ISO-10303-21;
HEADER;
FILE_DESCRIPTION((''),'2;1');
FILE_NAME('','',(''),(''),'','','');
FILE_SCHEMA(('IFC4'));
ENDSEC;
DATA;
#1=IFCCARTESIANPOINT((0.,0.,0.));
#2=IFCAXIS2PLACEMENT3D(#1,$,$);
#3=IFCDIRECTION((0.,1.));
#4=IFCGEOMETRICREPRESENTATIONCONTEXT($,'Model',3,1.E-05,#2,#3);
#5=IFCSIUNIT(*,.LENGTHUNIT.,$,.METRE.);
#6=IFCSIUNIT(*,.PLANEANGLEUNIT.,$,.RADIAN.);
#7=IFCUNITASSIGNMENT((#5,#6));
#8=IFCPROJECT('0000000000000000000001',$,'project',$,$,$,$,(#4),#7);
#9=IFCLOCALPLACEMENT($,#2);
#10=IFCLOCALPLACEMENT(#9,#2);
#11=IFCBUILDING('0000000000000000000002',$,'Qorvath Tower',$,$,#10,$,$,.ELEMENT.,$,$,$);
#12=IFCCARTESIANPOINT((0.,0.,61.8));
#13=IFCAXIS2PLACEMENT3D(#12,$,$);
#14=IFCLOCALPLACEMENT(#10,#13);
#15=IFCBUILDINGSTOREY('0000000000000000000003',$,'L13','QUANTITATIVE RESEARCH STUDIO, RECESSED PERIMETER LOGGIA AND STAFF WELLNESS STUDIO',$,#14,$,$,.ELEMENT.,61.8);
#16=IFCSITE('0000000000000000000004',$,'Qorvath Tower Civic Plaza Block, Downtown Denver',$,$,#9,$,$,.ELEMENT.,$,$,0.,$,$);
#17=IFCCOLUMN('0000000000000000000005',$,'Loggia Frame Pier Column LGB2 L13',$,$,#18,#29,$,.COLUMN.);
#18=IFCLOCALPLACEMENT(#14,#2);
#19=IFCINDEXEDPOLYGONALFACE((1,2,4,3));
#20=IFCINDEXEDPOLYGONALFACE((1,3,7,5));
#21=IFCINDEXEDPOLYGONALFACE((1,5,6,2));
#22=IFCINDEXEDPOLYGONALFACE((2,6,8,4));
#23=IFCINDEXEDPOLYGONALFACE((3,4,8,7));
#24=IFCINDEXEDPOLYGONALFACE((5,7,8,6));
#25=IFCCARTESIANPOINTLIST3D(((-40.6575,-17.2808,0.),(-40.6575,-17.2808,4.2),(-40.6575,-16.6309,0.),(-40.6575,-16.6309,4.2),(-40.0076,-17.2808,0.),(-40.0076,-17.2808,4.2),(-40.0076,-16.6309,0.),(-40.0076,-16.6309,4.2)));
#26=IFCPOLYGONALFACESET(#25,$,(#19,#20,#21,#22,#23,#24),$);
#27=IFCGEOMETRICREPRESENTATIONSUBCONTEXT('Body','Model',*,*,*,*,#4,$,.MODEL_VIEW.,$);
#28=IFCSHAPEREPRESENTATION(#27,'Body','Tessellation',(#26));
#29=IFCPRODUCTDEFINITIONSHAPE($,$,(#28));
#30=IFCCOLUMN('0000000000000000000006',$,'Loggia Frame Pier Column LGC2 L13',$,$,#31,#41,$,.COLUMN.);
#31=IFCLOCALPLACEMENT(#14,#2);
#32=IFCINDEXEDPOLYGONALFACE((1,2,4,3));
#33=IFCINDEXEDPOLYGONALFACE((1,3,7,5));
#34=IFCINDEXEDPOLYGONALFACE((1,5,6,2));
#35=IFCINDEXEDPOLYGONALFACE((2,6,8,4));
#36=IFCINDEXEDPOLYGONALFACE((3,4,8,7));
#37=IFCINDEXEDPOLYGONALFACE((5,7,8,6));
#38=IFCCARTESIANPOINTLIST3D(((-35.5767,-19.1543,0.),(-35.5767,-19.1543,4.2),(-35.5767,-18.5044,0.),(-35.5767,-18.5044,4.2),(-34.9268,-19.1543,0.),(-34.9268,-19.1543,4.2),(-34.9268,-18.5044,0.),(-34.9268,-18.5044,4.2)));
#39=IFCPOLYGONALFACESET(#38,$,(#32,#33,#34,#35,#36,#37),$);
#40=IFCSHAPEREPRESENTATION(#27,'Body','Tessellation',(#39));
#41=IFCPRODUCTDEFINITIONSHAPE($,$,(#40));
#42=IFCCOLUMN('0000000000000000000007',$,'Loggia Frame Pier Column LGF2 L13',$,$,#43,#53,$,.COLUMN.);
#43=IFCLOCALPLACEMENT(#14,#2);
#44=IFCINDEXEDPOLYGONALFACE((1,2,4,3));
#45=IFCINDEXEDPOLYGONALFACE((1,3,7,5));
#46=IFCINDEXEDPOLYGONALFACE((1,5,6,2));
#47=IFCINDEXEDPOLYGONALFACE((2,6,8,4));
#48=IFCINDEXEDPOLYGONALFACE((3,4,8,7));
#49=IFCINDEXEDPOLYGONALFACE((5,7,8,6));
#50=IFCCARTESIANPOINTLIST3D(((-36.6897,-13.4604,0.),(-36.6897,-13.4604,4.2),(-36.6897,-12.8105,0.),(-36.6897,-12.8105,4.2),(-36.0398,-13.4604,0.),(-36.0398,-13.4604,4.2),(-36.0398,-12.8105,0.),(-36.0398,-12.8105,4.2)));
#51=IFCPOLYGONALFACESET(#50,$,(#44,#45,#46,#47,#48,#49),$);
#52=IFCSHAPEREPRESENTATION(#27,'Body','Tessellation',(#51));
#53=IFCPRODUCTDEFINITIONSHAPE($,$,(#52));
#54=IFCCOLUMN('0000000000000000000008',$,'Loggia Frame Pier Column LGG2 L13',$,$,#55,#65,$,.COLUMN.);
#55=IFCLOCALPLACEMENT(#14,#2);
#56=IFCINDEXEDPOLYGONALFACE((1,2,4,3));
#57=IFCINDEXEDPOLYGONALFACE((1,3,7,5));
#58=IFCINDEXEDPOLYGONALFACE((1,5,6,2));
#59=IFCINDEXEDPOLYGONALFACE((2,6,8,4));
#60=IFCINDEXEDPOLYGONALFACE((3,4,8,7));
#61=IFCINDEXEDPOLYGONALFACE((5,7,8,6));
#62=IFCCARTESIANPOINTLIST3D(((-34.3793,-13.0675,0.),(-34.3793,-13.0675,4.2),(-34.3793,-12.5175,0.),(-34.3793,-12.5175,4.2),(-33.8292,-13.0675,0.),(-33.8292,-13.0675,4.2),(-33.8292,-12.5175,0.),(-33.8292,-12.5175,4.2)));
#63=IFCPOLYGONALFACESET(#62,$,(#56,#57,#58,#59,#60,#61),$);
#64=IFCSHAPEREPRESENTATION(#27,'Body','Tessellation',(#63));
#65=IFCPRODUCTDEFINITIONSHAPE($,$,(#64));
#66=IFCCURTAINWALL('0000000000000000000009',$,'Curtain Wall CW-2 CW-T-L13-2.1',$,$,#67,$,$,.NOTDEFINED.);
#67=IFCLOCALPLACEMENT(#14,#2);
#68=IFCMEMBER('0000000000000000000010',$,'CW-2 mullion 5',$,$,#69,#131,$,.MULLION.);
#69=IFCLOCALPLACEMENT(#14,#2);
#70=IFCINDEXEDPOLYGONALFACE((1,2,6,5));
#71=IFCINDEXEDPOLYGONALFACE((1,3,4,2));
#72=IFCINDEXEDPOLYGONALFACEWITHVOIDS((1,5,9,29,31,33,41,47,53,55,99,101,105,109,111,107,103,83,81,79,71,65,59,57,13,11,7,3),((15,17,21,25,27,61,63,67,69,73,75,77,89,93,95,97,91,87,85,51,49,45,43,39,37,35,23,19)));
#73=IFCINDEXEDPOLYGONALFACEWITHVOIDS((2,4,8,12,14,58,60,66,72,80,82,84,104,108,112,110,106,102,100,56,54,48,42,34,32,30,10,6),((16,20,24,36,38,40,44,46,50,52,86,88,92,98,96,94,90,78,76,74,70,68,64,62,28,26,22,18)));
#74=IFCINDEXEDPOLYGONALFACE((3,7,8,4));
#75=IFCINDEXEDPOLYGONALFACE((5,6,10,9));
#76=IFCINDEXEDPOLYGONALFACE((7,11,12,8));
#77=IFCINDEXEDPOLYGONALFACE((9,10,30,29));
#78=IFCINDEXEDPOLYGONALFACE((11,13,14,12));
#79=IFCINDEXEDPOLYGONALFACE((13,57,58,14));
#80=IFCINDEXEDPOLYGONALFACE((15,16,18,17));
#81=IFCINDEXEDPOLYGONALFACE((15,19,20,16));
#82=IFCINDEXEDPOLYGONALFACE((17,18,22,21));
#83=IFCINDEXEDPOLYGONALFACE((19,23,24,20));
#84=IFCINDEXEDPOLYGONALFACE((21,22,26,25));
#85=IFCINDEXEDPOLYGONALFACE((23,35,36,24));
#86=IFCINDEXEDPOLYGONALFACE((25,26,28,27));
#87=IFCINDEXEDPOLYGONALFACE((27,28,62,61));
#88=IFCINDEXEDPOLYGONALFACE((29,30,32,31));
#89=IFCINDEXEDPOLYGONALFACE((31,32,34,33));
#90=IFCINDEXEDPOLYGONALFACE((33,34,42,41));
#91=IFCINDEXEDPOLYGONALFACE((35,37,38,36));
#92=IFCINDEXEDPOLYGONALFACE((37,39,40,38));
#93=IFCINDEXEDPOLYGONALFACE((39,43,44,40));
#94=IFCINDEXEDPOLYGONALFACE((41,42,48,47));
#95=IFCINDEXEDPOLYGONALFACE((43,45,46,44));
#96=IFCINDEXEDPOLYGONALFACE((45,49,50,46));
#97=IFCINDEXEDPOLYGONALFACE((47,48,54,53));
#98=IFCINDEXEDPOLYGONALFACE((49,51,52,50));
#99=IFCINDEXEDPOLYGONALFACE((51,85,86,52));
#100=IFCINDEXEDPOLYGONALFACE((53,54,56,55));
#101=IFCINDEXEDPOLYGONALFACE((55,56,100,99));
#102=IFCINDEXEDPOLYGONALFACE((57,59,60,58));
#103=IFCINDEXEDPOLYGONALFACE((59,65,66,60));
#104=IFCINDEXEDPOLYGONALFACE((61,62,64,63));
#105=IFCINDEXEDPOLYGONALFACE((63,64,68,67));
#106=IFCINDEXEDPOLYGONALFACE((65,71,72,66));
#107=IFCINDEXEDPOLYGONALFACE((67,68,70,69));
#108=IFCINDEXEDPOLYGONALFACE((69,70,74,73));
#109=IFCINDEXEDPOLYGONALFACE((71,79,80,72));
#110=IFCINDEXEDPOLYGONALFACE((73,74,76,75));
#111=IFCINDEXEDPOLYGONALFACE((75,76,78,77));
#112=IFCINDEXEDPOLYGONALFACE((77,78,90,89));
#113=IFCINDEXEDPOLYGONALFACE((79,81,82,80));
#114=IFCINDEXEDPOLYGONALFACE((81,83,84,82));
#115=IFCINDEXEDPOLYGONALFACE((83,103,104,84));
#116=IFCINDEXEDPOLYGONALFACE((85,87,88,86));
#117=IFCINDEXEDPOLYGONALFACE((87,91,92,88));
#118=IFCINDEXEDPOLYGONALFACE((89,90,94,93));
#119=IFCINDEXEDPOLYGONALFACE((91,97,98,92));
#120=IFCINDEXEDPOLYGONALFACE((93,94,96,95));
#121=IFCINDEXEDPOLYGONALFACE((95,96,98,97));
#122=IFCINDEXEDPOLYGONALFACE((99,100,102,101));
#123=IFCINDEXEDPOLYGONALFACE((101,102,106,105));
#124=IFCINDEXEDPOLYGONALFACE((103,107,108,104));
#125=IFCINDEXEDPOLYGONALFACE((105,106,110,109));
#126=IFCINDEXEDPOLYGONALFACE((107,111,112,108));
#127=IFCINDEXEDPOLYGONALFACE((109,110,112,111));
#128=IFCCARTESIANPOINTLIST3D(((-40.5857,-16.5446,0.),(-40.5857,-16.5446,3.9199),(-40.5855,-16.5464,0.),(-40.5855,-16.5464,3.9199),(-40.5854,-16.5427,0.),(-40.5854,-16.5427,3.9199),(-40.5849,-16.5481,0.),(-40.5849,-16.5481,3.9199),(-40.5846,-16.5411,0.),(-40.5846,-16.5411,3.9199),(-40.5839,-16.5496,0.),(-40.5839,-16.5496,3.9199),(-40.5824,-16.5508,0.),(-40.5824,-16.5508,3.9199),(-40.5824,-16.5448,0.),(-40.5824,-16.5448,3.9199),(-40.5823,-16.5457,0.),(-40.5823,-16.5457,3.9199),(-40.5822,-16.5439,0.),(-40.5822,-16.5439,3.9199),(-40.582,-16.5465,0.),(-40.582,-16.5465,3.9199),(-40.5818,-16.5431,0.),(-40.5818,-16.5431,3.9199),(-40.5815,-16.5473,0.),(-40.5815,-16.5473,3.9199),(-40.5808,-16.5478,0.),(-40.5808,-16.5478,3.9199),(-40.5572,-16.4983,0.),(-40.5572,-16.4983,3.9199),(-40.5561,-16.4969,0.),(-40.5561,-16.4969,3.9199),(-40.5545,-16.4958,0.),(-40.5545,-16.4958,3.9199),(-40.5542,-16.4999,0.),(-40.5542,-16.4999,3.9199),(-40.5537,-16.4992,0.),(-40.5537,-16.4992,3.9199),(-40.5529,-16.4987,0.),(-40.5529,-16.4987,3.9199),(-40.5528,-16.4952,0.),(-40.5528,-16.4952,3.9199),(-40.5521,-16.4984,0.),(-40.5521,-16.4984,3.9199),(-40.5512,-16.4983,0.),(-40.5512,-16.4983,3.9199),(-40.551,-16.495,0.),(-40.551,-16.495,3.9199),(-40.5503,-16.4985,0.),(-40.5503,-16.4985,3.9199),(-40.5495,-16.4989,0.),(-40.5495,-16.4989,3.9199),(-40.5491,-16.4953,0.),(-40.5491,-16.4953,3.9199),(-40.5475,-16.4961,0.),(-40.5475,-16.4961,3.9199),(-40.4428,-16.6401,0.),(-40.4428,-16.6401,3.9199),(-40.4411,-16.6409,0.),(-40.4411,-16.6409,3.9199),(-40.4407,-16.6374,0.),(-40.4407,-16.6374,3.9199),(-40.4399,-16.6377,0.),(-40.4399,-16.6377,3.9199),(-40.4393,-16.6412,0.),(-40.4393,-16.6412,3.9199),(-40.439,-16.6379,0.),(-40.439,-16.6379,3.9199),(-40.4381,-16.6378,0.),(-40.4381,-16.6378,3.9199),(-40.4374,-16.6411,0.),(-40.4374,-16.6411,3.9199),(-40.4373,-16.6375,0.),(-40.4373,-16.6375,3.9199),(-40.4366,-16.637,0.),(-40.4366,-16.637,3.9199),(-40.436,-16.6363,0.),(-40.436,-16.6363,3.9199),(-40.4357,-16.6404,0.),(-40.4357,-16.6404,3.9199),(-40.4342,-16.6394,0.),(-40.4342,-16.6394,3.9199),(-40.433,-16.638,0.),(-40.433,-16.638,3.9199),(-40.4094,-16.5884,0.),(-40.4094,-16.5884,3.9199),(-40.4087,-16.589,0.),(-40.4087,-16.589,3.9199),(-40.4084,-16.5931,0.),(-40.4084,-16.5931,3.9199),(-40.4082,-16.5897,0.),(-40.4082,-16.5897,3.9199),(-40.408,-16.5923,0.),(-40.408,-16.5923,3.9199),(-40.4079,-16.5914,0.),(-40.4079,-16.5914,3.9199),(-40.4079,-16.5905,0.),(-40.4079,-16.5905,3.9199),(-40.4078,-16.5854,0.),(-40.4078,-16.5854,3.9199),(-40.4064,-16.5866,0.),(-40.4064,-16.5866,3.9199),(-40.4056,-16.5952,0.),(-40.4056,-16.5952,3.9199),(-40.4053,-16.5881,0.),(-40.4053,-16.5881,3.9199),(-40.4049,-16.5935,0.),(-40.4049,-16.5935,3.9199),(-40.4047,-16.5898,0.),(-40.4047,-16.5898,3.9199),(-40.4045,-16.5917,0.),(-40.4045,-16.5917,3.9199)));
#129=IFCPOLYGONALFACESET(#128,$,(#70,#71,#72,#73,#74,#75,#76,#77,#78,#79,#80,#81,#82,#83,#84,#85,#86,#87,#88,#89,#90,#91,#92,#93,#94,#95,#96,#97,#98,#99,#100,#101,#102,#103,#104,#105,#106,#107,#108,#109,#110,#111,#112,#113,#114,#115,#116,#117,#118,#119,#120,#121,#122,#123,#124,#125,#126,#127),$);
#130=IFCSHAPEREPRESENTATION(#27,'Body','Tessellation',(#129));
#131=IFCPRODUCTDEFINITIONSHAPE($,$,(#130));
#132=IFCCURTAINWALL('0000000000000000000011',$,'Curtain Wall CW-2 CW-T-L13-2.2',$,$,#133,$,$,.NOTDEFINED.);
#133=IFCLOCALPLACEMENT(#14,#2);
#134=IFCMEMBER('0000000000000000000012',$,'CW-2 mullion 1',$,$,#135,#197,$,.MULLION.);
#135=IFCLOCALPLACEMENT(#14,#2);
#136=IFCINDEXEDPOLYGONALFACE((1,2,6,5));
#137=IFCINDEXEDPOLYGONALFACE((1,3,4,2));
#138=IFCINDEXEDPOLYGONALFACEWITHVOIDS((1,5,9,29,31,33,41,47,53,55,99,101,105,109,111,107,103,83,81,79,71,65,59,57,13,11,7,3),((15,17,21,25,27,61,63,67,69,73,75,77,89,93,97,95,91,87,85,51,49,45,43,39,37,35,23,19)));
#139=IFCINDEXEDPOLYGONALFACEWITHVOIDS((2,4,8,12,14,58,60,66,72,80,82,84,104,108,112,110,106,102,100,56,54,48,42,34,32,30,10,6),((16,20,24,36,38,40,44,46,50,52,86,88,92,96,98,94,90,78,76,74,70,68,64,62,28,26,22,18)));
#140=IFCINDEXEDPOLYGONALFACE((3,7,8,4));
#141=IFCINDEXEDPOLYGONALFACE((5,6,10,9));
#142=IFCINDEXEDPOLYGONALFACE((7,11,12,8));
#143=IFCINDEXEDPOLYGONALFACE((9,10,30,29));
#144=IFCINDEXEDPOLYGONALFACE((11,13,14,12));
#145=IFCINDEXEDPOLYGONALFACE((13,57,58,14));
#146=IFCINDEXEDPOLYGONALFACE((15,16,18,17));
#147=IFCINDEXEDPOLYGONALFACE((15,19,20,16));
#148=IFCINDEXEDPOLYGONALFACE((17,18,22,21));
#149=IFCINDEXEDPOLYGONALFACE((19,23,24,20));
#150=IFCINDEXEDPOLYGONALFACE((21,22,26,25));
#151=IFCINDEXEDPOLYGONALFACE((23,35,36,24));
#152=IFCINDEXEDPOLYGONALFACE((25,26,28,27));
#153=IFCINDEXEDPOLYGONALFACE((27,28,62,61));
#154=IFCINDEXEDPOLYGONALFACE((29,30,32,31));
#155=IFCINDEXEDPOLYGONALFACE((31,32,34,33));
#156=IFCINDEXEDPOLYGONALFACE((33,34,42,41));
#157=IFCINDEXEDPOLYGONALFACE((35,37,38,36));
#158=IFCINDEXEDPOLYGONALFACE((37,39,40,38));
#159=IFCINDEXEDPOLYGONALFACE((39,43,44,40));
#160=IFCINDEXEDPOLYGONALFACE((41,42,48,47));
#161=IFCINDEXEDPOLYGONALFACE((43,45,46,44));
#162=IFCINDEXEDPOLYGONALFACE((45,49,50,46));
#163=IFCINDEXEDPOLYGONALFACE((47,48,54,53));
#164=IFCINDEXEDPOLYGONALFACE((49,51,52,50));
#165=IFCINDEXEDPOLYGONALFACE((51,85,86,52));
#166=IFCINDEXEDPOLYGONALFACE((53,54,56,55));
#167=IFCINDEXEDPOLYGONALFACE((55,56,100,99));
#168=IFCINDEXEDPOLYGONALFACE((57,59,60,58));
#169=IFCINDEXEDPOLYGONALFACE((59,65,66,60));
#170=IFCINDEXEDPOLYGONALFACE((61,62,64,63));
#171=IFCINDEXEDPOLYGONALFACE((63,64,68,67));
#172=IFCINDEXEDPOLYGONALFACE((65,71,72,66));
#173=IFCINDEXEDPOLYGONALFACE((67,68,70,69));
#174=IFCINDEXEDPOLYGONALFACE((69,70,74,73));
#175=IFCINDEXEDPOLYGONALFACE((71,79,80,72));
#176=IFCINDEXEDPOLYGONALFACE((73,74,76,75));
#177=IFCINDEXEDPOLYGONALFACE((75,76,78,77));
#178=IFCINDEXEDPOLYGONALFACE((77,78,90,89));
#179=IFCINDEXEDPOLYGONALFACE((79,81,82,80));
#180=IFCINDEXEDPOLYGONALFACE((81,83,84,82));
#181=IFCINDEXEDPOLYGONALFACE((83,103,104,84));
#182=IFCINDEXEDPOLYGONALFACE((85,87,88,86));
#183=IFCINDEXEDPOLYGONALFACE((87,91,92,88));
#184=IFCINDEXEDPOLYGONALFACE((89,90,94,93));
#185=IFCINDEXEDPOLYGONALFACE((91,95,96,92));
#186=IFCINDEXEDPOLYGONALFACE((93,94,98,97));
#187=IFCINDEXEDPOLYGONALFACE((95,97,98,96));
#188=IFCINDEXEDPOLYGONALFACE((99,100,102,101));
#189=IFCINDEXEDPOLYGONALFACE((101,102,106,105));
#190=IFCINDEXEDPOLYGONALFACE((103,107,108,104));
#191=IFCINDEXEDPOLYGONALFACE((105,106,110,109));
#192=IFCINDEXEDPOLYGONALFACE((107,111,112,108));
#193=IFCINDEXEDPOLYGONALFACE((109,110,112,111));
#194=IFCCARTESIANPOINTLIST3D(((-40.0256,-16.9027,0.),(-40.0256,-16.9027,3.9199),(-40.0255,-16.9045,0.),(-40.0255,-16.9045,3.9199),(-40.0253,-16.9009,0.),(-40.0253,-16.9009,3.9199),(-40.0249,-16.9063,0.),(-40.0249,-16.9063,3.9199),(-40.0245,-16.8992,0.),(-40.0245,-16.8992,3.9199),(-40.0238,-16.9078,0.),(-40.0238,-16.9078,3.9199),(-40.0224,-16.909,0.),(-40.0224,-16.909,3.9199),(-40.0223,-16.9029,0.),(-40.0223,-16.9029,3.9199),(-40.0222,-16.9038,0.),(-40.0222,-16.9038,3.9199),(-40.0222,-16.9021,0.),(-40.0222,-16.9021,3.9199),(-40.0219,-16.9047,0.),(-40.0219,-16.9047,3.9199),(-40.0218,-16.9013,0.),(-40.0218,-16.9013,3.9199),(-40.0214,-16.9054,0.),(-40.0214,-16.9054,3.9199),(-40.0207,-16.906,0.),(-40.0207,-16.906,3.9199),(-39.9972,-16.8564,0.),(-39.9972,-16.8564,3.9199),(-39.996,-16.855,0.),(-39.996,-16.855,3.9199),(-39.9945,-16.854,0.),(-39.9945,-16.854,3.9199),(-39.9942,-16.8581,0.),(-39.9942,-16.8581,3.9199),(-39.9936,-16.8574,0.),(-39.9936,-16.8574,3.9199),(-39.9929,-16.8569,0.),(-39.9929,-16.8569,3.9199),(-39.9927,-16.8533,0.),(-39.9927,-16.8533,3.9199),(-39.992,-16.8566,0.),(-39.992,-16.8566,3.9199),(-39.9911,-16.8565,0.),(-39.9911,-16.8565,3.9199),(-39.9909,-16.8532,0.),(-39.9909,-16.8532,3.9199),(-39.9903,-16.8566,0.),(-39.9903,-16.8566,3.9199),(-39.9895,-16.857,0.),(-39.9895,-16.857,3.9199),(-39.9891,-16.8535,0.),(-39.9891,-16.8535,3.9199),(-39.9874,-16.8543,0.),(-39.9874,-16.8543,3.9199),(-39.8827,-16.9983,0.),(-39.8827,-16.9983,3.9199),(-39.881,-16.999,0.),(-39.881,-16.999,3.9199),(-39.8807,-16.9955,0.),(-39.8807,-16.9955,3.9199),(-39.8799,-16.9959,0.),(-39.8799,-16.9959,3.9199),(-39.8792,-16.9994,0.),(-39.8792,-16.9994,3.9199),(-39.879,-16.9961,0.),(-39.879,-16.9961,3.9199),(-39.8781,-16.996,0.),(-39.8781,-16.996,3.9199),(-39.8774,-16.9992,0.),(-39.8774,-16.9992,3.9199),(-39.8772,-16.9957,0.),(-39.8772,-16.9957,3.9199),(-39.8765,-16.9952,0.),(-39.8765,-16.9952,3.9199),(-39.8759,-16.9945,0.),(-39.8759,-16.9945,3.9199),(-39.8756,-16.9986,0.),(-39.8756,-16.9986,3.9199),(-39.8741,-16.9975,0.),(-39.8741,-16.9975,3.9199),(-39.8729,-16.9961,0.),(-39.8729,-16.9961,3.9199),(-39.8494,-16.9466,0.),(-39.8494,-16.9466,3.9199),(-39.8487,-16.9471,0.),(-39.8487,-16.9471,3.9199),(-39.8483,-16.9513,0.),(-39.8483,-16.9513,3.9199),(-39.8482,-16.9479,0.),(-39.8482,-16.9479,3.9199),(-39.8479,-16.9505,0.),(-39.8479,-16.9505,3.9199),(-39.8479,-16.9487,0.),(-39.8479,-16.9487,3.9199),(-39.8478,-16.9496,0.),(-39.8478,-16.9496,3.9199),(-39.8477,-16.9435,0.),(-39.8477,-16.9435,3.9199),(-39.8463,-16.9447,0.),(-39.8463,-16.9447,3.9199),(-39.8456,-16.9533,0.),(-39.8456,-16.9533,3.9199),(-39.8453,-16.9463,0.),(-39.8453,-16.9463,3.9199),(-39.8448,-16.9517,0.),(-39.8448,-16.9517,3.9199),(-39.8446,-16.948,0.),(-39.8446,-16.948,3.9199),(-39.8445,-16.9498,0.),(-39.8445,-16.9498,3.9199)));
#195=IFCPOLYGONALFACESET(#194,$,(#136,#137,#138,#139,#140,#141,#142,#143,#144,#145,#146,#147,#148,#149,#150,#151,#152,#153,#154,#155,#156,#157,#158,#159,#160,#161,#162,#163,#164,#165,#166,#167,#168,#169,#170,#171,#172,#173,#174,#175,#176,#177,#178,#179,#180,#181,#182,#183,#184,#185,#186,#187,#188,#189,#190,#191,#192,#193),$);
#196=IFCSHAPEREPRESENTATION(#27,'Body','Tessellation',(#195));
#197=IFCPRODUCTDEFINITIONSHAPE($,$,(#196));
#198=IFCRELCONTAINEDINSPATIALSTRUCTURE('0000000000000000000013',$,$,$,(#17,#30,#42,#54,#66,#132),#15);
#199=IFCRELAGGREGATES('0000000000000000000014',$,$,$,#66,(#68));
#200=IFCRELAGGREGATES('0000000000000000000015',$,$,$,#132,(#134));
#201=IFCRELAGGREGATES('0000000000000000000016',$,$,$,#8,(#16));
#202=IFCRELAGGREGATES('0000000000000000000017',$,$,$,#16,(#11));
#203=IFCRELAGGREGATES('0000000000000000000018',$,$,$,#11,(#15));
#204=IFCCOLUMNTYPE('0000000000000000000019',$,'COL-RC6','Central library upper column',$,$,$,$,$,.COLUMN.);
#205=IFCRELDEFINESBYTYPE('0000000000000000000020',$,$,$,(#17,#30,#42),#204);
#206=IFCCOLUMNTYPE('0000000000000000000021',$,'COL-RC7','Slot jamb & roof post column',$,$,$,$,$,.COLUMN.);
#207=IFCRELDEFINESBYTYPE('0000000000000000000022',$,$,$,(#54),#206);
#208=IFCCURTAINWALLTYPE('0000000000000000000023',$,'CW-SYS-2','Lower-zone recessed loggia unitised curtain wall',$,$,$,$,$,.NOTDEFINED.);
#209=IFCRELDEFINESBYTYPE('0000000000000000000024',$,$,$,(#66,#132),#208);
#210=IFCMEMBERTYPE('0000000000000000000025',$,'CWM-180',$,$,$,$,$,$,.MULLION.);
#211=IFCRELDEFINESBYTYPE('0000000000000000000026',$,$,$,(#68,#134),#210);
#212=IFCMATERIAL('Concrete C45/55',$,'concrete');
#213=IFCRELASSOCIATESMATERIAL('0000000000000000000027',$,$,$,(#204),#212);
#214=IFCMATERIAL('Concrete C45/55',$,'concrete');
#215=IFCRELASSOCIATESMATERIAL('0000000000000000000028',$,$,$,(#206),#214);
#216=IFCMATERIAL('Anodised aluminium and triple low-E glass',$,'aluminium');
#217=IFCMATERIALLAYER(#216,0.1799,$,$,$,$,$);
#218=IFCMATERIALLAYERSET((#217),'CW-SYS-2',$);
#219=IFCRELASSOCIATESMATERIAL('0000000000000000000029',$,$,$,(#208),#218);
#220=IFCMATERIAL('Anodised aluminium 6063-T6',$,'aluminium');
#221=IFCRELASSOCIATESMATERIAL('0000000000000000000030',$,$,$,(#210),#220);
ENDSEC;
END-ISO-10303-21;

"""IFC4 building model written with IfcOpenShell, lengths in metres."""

from ifc_helpers import new_model, si_unit, direction, frame, origin, origin_2d, place, context, subcontext, project, spatial, rectangle, hollow_rectangle, extrude, material, layer, layer_set, material_profile, profile_set, type_object, element, aggregate, save


model = new_model("IFC4")

# Units and contexts
model_context = context("Model", 3, precision=1e-05, world=origin(), true_north=direction((0.0, 1.0)))
body_context = subcontext(model_context, "Body", "Model", "MODEL_VIEW")
ifc_project = project(units=[si_unit("LENGTHUNIT", "METRE"), si_unit("PLANEANGLEUNIT", "RADIAN")], contexts=[model_context])

# Site, building, storey
site_placement = place(None, origin())
site = spatial("IfcSite", under=ifc_project, at=site_placement, Name="Qorvath Tower Civic Plaza Block, Downtown Denver", CompositionType="ELEMENT", RefElevation=0.0)
building_placement = place(site_placement, origin())
building = spatial("IfcBuilding", under=site, at=building_placement, Name="Qorvath Tower", CompositionType="ELEMENT")
storey_placement = place(building_placement, frame((0.0, 0.0, 61.8)))
storey = spatial("IfcBuildingStorey", under=building, at=storey_placement, Name="L13", Description="QUANTITATIVE RESEARCH STUDIO, RECESSED PERIMETER LOGGIA AND STAFF WELLNESS STUDIO", CompositionType="ELEMENT", Elevation=61.8)

# Columns
ifc_material_1 = material(Name="Concrete C45/55", Category="concrete")
ifc_material_profile_1 = material_profile(ifc_material_1, rectangle(XDim=0.6499, YDim=0.6499, at=origin_2d()), Name="RC 650x650")
ifc_profile_set_1 = profile_set([ifc_material_profile_1], Name="Concrete C45/55")
column_type_1 = type_object("IfcColumnType", Name="COL-RC6", Description="Central library upper column", PredefinedType="COLUMN", material=ifc_profile_set_1)
for number, where, z_axis, x_axis, name in (
    (1, (-40.3325, -16.9558, 0.0), (0.0, 0.0, 1.0), (1.0, 0.0, 0.0), "Loggia Frame Pier Column LGB2 L13"),
    (2, (-35.2517, -18.8293, 0.0), (0.0, 0.0, 1.0), (1.0, 0.0, 0.0), "Loggia Frame Pier Column LGC2 L13"),
    (3, (-36.3647, -13.1355, 0.0), (0.0, 0.0, 1.0), (1.0, 0.0, 0.0), "Loggia Frame Pier Column LGF2 L13"),
):
    element("IfcColumn", number, at=place(storey_placement, frame(where, z_axis=z_axis, x_axis=x_axis)), inside=storey, type_object=column_type_1, Name=name, PredefinedType="COLUMN", context=body_context, shape_type="SweptSolid", body=[
        extrude(rectangle(XDim=0.6499, YDim=0.6499, at=origin_2d()), origin(), (0.0, 0.0, 1.0), 4.2),
    ])
ifc_material_2 = material(Name="Concrete C45/55", Category="concrete")
ifc_material_profile_2 = material_profile(ifc_material_2, rectangle(XDim=0.55, YDim=0.55, at=origin_2d()), Name="RC 550x550")
ifc_profile_set_2 = profile_set([ifc_material_profile_2], Name="Concrete C45/55")
column_type_2 = type_object("IfcColumnType", Name="COL-RC7", Description="Slot jamb & roof post column", PredefinedType="COLUMN", material=ifc_profile_set_2)
column_placement = place(storey_placement, frame((-34.1042, -12.7925, 0.0), z_axis=(0.0, 0.0, 1.0), x_axis=(1.0, 0.0, 0.0)))
element("IfcColumn", 4, at=column_placement, inside=storey, type_object=column_type_2, Name="Loggia Frame Pier Column LGG2 L13", PredefinedType="COLUMN", context=body_context, shape_type="SweptSolid", body=[
    extrude(rectangle(XDim=0.55, YDim=0.55, at=origin_2d()), origin(), (0.0, 0.0, 1.0), 4.2),
])

# Curtain wall, member
ifc_material_3 = material(Name="Anodised aluminium and triple low-E glass", Category="aluminium")
ifc_layer_1 = layer(ifc_material_3, 0.1799)
ifc_layer_set_1 = layer_set([ifc_layer_1], Name="CW-SYS-2")
curtain_wall_type = type_object("IfcCurtainWallType", Name="CW-SYS-2", Description="Lower-zone recessed loggia unitised curtain wall", PredefinedType="NOTDEFINED", material=ifc_layer_set_1)
curtain_wall_1_placement = place(storey_placement, origin())
curtain_wall_1 = element("IfcCurtainWall", 5, at=curtain_wall_1_placement, inside=storey, type_object=curtain_wall_type, Name="Curtain Wall CW-2 CW-T-L13-2.1", PredefinedType="NOTDEFINED")
ifc_material_4 = material(Name="Anodised aluminium 6063-T6", Category="aluminium")
ifc_material_profile_3 = material_profile(ifc_material_4, hollow_rectangle(XDim=0.0649, YDim=0.1799, WallThickness=0.0034, InnerFilletRadius=0.0034, OuterFilletRadius=0.0071, at=origin_2d()), Name="CWM 180x65")
ifc_profile_set_3 = profile_set([ifc_material_profile_3], Name="Anodised aluminium 6063-T6")
member_type_1 = type_object("IfcMemberType", Name="CWM-180", PredefinedType="MULLION", material=ifc_profile_set_3)
member_1_placement = place(storey_placement, frame((-40.4951, -16.5681, 0.0), z_axis=(0.0, 0.0, 1.0), x_axis=(0.53853, 0.842607, 0.0)))
member_1 = element("IfcMember", 6, at=member_1_placement, type_object=member_type_1, Name="CW-2 mullion 5", PredefinedType="MULLION", context=body_context, shape_type="SweptSolid", body=[
    extrude(hollow_rectangle(XDim=0.0649, YDim=0.1799, WallThickness=0.0034, InnerFilletRadius=0.0034, OuterFilletRadius=0.0071, at=origin_2d()), origin(), (0.0, 0.0, 1.0), 3.9199),
])
aggregate(curtain_wall_1, [member_1])

# Curtain wall, member
curtain_wall_2_placement = place(storey_placement, origin())
curtain_wall_2 = element("IfcCurtainWall", 7, at=curtain_wall_2_placement, inside=storey, type_object=curtain_wall_type, Name="Curtain Wall CW-2 CW-T-L13-2.2", PredefinedType="NOTDEFINED")
member_2_placement = place(storey_placement, frame((-39.9351, -16.9263, 0.0), z_axis=(0.0, 0.0, 1.0), x_axis=(0.538536, 0.842602, 0.0)))
member_2 = element("IfcMember", 8, at=member_2_placement, type_object=member_type_1, Name="CW-2 mullion 1", PredefinedType="MULLION", context=body_context, shape_type="SweptSolid", body=[
    extrude(hollow_rectangle(XDim=0.0649, YDim=0.1799, WallThickness=0.0034, InnerFilletRadius=0.0034, OuterFilletRadius=0.0071, at=origin_2d()), origin(), (0.0, 0.0, 1.0), 3.9199),
])
aggregate(curtain_wall_2, [member_2])

save(model, "model.ifc")
